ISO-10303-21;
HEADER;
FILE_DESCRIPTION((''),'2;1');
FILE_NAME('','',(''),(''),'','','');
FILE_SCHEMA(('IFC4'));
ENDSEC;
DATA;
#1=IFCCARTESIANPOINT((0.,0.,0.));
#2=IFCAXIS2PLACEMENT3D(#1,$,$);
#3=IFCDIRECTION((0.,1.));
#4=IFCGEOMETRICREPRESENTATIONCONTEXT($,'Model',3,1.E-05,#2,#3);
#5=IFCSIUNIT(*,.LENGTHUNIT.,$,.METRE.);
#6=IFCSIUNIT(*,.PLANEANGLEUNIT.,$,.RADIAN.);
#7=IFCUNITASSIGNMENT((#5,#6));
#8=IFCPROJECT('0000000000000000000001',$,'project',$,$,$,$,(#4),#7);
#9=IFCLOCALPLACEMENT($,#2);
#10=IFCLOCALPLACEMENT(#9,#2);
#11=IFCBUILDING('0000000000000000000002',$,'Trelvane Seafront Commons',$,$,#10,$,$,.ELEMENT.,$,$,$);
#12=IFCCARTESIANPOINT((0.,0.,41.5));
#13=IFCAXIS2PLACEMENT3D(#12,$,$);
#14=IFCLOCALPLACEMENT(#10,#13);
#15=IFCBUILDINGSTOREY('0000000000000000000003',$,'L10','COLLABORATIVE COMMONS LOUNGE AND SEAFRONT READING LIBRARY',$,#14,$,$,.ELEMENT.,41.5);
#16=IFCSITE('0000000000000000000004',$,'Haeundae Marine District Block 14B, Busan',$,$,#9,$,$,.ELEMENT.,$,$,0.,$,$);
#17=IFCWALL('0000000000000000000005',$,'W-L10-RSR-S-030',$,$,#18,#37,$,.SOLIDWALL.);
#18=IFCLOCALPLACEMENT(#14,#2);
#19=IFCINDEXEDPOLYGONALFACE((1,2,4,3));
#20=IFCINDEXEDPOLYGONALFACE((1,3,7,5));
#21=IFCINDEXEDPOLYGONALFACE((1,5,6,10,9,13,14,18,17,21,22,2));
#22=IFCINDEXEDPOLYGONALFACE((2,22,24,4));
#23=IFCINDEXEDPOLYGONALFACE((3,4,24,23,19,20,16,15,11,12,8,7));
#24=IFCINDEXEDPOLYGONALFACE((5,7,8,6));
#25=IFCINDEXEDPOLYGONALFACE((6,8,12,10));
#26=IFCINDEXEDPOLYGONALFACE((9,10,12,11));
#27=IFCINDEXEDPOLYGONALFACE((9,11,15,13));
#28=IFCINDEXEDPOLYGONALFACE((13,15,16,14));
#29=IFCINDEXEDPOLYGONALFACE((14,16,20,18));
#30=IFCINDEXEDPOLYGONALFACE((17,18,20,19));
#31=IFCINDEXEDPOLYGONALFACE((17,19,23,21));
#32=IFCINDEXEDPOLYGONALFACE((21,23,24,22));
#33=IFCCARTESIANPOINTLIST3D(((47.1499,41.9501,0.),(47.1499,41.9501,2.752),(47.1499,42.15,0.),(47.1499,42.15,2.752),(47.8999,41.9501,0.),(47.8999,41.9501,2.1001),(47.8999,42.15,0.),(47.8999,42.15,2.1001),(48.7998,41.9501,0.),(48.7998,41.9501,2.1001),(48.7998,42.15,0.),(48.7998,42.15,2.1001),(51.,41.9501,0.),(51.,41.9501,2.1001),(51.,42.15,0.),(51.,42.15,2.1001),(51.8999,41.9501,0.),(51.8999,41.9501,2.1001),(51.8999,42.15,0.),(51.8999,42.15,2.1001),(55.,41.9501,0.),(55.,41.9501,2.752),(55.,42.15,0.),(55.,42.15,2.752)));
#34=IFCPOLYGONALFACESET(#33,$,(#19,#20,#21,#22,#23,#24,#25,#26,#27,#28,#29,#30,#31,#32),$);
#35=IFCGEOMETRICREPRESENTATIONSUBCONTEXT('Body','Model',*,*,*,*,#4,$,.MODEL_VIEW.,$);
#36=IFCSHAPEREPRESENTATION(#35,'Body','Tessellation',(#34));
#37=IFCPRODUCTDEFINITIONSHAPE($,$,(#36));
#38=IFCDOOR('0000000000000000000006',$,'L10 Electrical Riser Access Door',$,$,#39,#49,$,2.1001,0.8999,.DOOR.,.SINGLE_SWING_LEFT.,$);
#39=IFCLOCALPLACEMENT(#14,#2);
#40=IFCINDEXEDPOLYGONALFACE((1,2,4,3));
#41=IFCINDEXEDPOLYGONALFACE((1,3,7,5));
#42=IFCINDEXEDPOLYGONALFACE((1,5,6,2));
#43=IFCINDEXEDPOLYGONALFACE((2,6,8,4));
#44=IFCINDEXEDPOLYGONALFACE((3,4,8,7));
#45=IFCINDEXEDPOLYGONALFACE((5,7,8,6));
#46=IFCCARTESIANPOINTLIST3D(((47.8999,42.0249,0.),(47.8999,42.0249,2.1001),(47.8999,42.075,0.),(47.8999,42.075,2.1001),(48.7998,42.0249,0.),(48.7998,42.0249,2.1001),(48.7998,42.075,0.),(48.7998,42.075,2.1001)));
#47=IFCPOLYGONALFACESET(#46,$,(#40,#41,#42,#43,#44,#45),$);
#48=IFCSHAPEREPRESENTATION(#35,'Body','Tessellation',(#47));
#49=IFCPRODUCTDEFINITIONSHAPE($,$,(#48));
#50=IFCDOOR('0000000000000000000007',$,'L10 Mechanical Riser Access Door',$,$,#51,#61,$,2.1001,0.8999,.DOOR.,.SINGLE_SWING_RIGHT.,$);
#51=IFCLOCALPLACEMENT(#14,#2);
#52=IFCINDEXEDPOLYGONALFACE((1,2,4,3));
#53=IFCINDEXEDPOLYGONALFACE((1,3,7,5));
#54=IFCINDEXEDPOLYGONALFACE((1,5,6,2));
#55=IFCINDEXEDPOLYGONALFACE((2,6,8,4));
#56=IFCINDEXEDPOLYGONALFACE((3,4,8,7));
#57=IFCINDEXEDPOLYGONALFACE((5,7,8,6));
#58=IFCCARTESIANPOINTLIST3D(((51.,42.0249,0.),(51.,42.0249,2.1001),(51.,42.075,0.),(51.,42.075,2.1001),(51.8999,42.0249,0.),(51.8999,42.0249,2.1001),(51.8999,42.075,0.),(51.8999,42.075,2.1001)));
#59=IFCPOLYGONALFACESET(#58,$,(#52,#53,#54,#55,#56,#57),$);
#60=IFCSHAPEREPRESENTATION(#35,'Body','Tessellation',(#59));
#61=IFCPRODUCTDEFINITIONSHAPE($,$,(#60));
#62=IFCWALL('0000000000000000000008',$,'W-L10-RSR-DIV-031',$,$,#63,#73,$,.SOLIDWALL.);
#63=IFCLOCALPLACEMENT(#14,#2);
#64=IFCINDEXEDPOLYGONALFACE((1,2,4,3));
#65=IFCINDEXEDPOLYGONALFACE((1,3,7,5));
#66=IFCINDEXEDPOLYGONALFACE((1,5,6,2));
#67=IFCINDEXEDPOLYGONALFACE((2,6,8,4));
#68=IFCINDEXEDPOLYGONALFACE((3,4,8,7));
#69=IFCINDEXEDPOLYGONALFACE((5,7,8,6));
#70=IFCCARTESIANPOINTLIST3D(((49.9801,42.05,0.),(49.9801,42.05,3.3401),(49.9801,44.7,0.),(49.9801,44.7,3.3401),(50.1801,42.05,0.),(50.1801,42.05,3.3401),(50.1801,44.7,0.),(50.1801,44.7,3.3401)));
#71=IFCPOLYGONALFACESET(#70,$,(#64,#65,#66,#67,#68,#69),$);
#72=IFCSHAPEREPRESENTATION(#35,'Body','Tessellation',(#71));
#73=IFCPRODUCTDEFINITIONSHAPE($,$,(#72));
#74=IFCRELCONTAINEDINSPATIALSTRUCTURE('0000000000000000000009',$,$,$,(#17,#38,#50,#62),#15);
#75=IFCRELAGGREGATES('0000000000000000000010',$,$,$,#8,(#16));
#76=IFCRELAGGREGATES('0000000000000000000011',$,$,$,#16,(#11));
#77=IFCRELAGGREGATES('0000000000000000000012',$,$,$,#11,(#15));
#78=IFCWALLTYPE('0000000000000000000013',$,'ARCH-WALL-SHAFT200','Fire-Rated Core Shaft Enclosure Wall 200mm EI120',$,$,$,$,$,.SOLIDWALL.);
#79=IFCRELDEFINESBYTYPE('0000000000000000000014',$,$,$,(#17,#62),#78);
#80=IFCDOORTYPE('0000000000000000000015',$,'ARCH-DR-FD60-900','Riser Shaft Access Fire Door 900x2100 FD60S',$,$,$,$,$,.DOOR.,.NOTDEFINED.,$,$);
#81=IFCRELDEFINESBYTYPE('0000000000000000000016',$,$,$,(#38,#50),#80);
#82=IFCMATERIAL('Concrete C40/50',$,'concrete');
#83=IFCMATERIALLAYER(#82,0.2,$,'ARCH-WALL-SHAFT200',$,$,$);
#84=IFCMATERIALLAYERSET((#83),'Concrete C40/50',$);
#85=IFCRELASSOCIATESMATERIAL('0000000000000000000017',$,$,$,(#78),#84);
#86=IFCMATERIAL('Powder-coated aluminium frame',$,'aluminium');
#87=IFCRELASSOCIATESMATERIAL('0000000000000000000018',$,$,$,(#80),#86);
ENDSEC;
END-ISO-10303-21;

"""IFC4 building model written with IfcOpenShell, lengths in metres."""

from ifc_helpers import new_model, si_unit, direction, frame, frame_2d, origin, place, context, subcontext, project, spatial, rectangle, extrude, source, transform, mapped, material, layer, layer_set, type_object, element, fill, save


model = new_model("IFC4")

# Units and contexts
model_context = context("Model", 3, precision=1e-05, world=origin(), true_north=direction((0.0, 1.0)))
body_context = subcontext(model_context, "Body", "Model", "MODEL_VIEW")
ifc_project = project(units=[si_unit("LENGTHUNIT", "METRE"), si_unit("PLANEANGLEUNIT", "RADIAN")], contexts=[model_context])

# Site, building, storey
site_placement = place(None, origin())
site = spatial("IfcSite", under=ifc_project, at=site_placement, Name="Haeundae Marine District Block 14B, Busan", CompositionType="ELEMENT", RefElevation=0.0)
building_placement = place(site_placement, origin())
building = spatial("IfcBuilding", under=site, at=building_placement, Name="Trelvane Seafront Commons", CompositionType="ELEMENT")
storey_placement = place(building_placement, frame((0.0, 0.0, 41.5)))
storey = spatial("IfcBuildingStorey", under=building, at=storey_placement, Name="L10", Description="COLLABORATIVE COMMONS LOUNGE AND SEAFRONT READING LIBRARY", CompositionType="ELEMENT", Elevation=41.5)

# Wall, openings, doors
ifc_material_1 = material(Name="Concrete C40/50", Category="concrete")
ifc_layer_1 = layer(ifc_material_1, 0.2, Name="ARCH-WALL-SHAFT200")
ifc_layer_set_1 = layer_set([ifc_layer_1], Name="Concrete C40/50")
wall_type_1 = type_object("IfcWallType", Name="ARCH-WALL-SHAFT200", Description="Fire-Rated Core Shaft Enclosure Wall 200mm EI120", PredefinedType="SOLIDWALL", material=ifc_layer_set_1)
wall_1_placement = place(storey_placement, frame((47.1499, 42.05, 0.0), z_axis=(0.0, 0.0, 1.0), x_axis=(1.0, 0.0, 0.0)))
wall_1 = element("IfcWall", 1, at=wall_1_placement, inside=storey, type_object=wall_type_1, Name="W-L10-RSR-S-030", PredefinedType="SOLIDWALL", context=body_context, shape_type="SweptSolid", body=[
    extrude(rectangle(XDim=7.8501, YDim=0.2, at=frame_2d((3.925, 0.0))), origin(), (0.0, 0.0, 1.0), 2.752),
])
opening_1_placement = place(wall_1_placement, frame((0.75, 0.0, 0.0)))
opening_1 = element("IfcOpeningElement", 2, at=opening_1_placement, cuts=wall_1, PredefinedType="OPENING", context=body_context, shape_type="SweptSolid", body=[
    extrude(rectangle(XDim=0.8999, YDim=2.1001, at=frame_2d((0.45, 1.05))), frame((0.0, 0.1099, 0.0), z_axis=(0.0, -1.0, 0.0), x_axis=(1.0, 0.0, 0.0)), (0.0, 0.0, 1.0), 0.22),
])
opening_2_placement = place(wall_1_placement, frame((3.8501, 0.0, 0.0)))
opening_2 = element("IfcOpeningElement", 3, at=opening_2_placement, cuts=wall_1, PredefinedType="OPENING", context=body_context, shape_type="SweptSolid", body=[
    extrude(rectangle(XDim=0.8999, YDim=2.1001, at=frame_2d((0.45, 1.05))), frame((0.0, 0.1099, 0.0), z_axis=(0.0, -1.0, 0.0), x_axis=(1.0, 0.0, 0.0)), (0.0, 0.0, 1.0), 0.22),
])
ifc_material_2 = material(Name="Powder-coated aluminium frame", Category="aluminium")
door_type = type_object("IfcDoorType", Name="ARCH-DR-FD60-900", Description="Riser Shaft Access Fire Door 900x2100 FD60S", OperationType="NOTDEFINED", PredefinedType="DOOR", material=ifc_material_2)
shared_shape_1 = source(origin(), body_context, "Body", "SweptSolid", [
    extrude(rectangle(XDim=0.8999, YDim=2.1001, at=frame_2d((0.45, 1.05))), frame((0.0, 0.0249, 0.0), z_axis=(0.0, -1.0, 0.0), x_axis=(1.0, 0.0, 0.0)), (0.0, 0.0, 1.0), 0.05),
])
door_1_placement = place(opening_1_placement, origin())
door_1 = element("IfcDoor", 4, at=door_1_placement, inside=storey, type_object=door_type, Name="L10 Electrical Riser Access Door", OperationType="SINGLE_SWING_LEFT", OverallHeight=2.1001, OverallWidth=0.8999, PredefinedType="DOOR", context=body_context, shape_type="MappedRepresentation", body=[
    mapped(shared_shape_1, transform((0.0, 0.0, 0.0), x_axis=(1.0, 0.0, 0.0), y_axis=(0.0, 1.0, 0.0), z_axis=(0.0, 0.0, 1.0), scale=1.0)),
])
fill(opening_1, door_1)
door_2_placement = place(opening_2_placement, origin())
door_2 = element("IfcDoor", 5, at=door_2_placement, inside=storey, type_object=door_type, Name="L10 Mechanical Riser Access Door", OperationType="SINGLE_SWING_RIGHT", OverallHeight=2.1001, OverallWidth=0.8999, PredefinedType="DOOR", context=body_context, shape_type="MappedRepresentation", body=[
    mapped(shared_shape_1, transform((0.0, 0.0, 0.0), x_axis=(1.0, 0.0, 0.0), y_axis=(0.0, 1.0, 0.0), z_axis=(0.0, 0.0, 1.0), scale=1.0)),
])
fill(opening_2, door_2)

# Wall
wall_2_placement = place(storey_placement, frame((50.0801, 42.05, 0.0), z_axis=(0.0, 0.0, 1.0), x_axis=(0.0, 1.0, 0.0)))
element("IfcWall", 6, at=wall_2_placement, inside=storey, type_object=wall_type_1, Name="W-L10-RSR-DIV-031", PredefinedType="SOLIDWALL", context=body_context, shape_type="SweptSolid", body=[
    extrude(rectangle(XDim=2.6499, YDim=0.2, at=frame_2d((1.325, 0.0))), origin(), (0.0, 0.0, 1.0), 3.3401),
])

save(model, "model.ifc")
